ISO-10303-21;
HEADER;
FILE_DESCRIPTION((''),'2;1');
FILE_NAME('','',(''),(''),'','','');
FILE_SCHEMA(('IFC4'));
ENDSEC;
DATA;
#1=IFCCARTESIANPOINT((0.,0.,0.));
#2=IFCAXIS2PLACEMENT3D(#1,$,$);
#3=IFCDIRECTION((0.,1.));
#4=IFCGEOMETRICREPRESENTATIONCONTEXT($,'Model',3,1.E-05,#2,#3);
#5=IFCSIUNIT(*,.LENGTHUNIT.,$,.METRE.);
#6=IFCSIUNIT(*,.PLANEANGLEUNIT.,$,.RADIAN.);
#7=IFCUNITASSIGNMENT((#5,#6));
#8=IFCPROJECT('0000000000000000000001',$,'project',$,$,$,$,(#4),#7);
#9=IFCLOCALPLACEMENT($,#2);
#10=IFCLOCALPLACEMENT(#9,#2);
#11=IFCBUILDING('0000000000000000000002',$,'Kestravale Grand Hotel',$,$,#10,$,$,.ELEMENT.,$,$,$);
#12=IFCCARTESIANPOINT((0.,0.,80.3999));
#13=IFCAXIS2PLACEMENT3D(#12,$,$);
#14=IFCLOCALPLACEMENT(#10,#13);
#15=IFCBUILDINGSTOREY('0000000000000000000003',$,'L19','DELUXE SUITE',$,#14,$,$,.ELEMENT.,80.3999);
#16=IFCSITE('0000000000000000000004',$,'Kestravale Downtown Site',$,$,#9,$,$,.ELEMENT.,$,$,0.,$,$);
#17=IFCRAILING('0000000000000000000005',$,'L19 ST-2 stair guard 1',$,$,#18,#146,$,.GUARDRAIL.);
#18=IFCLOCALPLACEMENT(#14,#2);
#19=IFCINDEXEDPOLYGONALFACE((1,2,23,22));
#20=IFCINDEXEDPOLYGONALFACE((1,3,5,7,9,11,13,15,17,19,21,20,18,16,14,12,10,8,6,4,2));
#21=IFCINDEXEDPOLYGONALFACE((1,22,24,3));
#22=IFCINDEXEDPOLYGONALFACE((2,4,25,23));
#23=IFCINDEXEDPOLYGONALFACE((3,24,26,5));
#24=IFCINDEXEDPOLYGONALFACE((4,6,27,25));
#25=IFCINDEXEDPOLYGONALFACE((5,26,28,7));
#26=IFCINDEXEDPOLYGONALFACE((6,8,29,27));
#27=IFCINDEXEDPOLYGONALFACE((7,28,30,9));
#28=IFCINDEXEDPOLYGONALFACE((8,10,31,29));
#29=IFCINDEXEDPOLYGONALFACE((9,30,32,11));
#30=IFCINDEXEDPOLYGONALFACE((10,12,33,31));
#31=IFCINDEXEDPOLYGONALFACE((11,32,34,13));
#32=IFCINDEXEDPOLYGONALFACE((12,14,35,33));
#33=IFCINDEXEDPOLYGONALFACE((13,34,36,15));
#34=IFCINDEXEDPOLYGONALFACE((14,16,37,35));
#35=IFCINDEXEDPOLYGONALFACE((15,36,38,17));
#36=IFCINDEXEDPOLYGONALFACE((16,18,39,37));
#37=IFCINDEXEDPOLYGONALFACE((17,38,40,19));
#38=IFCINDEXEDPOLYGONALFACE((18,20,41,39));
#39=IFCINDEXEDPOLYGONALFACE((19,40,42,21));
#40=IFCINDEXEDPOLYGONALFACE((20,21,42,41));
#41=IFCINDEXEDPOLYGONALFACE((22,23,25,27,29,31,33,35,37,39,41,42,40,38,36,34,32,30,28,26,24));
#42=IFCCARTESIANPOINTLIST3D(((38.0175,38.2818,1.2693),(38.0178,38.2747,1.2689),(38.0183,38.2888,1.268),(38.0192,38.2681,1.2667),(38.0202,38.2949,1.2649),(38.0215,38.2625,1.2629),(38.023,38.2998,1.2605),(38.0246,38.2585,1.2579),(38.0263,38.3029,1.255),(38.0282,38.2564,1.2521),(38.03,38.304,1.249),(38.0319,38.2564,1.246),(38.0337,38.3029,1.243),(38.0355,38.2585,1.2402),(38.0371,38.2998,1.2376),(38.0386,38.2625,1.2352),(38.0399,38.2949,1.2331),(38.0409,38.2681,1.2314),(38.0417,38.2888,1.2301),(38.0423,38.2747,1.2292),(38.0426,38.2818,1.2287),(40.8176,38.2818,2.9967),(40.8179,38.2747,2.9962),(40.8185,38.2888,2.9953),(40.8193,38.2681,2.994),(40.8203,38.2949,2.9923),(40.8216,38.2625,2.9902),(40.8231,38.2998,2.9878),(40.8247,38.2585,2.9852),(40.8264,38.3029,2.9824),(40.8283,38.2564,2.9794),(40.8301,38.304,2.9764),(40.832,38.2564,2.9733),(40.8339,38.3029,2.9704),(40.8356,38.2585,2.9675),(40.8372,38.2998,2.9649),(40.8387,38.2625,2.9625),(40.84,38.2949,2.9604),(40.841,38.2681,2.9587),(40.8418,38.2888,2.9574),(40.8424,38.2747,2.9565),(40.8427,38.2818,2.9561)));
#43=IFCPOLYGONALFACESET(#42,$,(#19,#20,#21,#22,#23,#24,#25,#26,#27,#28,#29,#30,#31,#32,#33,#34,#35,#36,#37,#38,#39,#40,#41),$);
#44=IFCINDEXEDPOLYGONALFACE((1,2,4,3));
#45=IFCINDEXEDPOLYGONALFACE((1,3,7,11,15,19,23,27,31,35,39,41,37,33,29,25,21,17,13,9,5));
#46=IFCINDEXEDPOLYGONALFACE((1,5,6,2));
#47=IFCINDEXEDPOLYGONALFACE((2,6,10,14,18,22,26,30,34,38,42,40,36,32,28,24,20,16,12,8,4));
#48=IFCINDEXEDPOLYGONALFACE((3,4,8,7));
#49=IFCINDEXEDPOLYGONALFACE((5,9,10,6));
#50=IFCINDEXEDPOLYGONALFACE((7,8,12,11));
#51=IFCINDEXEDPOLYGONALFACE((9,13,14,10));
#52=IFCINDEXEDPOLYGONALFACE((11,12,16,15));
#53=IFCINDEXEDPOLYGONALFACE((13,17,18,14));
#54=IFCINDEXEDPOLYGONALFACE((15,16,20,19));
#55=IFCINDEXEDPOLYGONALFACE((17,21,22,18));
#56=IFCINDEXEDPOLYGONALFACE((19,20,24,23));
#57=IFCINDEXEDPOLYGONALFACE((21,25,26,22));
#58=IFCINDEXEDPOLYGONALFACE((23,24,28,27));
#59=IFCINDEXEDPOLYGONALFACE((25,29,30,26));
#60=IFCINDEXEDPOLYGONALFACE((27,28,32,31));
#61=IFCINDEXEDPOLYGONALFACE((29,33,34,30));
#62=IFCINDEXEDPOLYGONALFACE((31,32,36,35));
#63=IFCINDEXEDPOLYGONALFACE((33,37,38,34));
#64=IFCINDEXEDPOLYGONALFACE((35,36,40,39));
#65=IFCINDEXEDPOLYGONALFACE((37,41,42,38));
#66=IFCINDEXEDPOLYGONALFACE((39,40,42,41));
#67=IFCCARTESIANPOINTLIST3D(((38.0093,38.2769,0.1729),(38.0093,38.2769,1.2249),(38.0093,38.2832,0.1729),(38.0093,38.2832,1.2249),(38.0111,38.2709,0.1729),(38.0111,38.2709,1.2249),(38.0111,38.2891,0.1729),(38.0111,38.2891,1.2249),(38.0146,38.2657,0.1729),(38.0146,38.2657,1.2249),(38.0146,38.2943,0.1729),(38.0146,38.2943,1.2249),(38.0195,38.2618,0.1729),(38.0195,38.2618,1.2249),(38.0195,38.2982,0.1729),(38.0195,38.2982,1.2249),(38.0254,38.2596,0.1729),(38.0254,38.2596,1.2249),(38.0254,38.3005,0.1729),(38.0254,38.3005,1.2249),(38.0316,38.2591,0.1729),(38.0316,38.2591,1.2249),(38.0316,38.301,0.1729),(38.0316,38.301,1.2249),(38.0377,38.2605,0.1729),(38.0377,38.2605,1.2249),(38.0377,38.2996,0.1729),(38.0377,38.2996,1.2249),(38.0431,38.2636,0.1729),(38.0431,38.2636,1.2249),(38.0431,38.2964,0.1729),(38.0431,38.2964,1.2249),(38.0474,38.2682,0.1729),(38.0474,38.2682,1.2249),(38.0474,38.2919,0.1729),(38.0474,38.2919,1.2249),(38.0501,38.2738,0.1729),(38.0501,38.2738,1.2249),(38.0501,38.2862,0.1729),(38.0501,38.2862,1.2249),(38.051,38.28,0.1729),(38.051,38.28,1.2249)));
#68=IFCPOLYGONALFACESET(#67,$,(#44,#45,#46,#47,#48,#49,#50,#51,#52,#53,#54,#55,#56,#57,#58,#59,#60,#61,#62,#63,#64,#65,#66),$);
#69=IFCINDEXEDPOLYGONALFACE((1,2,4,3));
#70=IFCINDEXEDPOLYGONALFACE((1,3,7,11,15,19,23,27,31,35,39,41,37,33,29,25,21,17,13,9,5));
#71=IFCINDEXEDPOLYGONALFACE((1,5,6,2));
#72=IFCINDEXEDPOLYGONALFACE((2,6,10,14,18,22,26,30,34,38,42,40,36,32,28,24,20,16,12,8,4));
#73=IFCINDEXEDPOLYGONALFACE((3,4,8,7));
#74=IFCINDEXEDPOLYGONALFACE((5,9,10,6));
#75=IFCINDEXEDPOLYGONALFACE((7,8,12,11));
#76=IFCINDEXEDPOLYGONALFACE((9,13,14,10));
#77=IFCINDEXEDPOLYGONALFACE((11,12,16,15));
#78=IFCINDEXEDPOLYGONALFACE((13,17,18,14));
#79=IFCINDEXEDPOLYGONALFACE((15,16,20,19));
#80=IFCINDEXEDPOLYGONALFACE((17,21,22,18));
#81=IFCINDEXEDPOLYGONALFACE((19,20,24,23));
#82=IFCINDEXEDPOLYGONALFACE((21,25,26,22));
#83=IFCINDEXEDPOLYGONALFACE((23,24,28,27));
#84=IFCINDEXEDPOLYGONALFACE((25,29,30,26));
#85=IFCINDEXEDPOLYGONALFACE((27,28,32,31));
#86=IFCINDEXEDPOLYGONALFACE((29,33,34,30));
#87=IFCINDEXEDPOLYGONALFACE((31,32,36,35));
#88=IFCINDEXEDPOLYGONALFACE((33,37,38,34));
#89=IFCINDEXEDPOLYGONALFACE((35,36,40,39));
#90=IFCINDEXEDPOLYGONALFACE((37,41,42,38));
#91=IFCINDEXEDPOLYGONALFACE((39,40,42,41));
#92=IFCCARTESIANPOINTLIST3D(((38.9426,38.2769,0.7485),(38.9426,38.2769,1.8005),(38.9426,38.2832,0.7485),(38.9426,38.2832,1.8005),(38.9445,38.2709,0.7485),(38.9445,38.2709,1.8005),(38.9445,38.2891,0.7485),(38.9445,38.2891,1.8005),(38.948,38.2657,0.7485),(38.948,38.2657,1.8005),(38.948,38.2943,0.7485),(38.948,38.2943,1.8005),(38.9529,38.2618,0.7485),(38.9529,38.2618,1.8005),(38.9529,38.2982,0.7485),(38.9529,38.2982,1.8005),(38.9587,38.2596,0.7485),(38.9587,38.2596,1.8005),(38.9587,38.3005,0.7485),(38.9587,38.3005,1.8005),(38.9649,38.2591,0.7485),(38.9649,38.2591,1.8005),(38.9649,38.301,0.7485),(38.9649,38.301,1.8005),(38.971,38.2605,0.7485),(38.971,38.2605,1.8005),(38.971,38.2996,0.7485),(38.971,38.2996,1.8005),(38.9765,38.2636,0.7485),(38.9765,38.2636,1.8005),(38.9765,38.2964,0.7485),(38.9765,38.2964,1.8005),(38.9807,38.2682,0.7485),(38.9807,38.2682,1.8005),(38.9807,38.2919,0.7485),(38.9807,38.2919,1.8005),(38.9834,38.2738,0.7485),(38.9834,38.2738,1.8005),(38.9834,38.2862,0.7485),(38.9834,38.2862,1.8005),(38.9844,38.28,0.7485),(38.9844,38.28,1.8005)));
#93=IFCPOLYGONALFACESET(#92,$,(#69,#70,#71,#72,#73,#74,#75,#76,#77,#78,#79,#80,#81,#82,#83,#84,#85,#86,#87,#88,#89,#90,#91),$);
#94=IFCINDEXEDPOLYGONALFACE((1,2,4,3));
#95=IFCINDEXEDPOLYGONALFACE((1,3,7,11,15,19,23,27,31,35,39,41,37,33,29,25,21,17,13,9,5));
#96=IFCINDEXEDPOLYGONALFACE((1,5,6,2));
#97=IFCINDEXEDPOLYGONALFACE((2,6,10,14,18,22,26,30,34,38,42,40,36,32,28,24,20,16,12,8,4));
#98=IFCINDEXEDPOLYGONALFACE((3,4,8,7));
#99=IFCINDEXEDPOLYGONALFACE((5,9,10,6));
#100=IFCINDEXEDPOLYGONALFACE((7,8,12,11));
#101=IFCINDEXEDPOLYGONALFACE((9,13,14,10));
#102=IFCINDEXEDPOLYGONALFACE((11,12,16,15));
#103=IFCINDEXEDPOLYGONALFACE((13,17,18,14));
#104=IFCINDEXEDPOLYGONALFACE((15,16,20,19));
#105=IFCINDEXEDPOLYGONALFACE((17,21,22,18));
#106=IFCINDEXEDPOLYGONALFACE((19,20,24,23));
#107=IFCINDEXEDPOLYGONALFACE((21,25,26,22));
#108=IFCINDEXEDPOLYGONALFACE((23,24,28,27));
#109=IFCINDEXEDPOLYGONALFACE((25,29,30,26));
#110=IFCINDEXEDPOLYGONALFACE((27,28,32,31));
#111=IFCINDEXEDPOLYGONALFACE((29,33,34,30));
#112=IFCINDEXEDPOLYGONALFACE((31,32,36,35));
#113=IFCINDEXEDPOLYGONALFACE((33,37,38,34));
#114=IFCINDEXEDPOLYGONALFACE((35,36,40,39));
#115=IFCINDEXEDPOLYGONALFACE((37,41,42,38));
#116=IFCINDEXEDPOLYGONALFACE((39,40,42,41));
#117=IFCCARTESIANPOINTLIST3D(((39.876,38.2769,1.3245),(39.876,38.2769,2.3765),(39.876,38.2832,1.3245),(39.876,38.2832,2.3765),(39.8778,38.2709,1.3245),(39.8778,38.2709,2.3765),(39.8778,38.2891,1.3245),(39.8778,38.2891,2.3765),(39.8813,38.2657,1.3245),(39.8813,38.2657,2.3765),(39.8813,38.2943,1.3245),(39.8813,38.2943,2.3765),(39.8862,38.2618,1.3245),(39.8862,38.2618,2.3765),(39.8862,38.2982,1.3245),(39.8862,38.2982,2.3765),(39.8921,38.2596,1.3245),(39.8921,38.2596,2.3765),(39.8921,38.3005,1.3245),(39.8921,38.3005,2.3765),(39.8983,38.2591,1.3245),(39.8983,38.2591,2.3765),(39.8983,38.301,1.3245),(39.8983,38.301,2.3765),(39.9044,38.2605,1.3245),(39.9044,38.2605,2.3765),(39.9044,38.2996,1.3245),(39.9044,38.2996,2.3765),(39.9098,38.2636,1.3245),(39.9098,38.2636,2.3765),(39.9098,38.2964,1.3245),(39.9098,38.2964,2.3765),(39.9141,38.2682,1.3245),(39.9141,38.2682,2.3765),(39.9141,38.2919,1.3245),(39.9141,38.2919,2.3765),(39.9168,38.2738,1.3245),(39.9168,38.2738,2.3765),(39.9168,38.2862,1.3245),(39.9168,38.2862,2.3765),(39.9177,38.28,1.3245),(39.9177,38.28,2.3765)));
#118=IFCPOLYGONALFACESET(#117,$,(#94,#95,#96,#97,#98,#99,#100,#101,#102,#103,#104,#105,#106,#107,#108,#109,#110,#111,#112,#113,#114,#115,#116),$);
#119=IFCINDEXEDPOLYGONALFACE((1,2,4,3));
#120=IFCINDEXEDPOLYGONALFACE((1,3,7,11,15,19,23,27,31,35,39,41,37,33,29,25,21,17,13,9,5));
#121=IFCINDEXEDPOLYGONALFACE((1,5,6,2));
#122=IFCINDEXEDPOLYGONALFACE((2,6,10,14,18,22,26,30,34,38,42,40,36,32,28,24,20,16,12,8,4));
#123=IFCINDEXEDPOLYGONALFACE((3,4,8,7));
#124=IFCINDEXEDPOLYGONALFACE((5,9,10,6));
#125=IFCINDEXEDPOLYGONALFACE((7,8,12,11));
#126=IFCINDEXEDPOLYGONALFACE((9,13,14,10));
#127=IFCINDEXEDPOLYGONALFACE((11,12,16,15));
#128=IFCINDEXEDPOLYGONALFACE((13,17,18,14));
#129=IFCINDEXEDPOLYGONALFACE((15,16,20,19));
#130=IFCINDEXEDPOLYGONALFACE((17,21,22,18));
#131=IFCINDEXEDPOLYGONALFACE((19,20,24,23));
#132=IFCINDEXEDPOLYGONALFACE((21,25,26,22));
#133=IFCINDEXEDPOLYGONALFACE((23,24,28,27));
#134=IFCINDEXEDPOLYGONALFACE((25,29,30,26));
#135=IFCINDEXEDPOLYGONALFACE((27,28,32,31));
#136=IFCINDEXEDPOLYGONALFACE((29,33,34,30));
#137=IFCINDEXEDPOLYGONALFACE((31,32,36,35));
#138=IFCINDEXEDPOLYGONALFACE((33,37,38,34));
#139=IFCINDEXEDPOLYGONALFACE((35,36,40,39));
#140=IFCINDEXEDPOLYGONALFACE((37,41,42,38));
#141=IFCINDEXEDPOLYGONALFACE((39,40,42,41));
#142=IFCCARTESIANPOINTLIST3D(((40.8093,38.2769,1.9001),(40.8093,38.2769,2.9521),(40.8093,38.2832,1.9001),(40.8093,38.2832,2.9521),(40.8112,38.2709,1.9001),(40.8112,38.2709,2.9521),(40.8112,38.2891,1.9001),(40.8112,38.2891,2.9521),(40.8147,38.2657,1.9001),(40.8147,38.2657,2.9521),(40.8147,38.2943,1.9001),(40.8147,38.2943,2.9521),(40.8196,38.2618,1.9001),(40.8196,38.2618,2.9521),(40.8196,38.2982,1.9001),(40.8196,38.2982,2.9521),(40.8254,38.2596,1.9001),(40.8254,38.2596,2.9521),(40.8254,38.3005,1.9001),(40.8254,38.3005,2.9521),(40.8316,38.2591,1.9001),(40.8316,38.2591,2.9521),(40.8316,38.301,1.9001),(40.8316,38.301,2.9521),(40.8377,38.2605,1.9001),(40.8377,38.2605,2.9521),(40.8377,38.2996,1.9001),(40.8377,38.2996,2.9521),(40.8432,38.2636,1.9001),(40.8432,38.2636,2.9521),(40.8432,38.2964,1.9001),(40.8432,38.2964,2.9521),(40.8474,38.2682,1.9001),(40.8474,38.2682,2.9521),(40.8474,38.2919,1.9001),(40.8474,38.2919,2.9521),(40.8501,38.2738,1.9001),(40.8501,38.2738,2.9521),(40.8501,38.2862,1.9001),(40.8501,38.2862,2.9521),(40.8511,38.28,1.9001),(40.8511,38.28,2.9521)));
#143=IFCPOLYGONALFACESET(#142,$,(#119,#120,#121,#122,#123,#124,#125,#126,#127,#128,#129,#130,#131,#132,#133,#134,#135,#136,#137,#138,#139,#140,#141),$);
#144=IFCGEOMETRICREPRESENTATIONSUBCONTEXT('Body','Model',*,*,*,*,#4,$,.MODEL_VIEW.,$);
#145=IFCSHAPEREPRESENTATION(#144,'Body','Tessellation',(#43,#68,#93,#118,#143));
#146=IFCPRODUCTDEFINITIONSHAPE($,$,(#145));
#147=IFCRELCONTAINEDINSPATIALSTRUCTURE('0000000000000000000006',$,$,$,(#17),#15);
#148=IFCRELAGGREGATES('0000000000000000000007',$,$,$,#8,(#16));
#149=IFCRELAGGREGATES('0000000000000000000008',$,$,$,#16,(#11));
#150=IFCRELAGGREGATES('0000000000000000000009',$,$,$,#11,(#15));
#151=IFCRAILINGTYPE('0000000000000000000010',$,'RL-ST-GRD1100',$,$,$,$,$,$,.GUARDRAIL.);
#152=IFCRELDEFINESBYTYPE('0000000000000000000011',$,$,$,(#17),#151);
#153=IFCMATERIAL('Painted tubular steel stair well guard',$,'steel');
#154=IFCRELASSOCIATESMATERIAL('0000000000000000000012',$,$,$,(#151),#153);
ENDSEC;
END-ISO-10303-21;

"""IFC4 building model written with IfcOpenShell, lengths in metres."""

from ifc_helpers import new_model, si_unit, direction, frame, origin, origin_2d, place, context, subcontext, project, spatial, circle, extrude, material, type_object, element, save


model = new_model("IFC4")

# Units and contexts
model_context = context("Model", 3, precision=1e-05, world=origin(), true_north=direction((0.0, 1.0)))
body_context = subcontext(model_context, "Body", "Model", "MODEL_VIEW")
ifc_project = project(units=[si_unit("LENGTHUNIT", "METRE"), si_unit("PLANEANGLEUNIT", "RADIAN")], contexts=[model_context])

# Site, building, storey
site_placement = place(None, origin())
site = spatial("IfcSite", under=ifc_project, at=site_placement, Name="Kestravale Downtown Site", CompositionType="ELEMENT", RefElevation=0.0)
building_placement = place(site_placement, origin())
building = spatial("IfcBuilding", under=site, at=building_placement, Name="Kestravale Grand Hotel", CompositionType="ELEMENT")
storey_placement = place(building_placement, frame((0.0, 0.0, 80.3999)))
storey = spatial("IfcBuildingStorey", under=building, at=storey_placement, Name="L19", Description="DELUXE SUITE", CompositionType="ELEMENT", Elevation=80.3999)

# Railing
ifc_material_1 = material(Name="Painted tubular steel stair well guard", Category="steel")
railing_type_1 = type_object("IfcRailingType", Name="RL-ST-GRD1100", PredefinedType="GUARDRAIL", material=ifc_material_1)
railing_1_placement = place(storey_placement, frame((38.03, 38.28, 0.1729)))
element("IfcRailing", 1, at=railing_1_placement, inside=storey, type_object=railing_type_1, Name="L19 ST-2 stair guard 1", PredefinedType="GUARDRAIL", context=body_context, shape_type="SweptSolid", body=[
    extrude(circle(Radius=0.0239, at=origin_2d()), frame((0.0, 0.0, 1.0762), z_axis=(0.85109, 0.0, 0.52502), x_axis=(0.0, 1.0, 0.0)), (0.0, 0.0, 1.0), 3.29),
    extrude(circle(Radius=0.021, at=origin_2d()), origin(), (0.0, 0.0, 1.0), 1.052),
    extrude(circle(Radius=0.021, at=origin_2d()), frame((0.9333, 0.0, 0.5757)), (0.0, 0.0, 1.0), 1.052),
    extrude(circle(Radius=0.021, at=origin_2d()), frame((1.8667, 0.0, 1.1516)), (0.0, 0.0, 1.0), 1.052),
    extrude(circle(Radius=0.021, at=origin_2d()), frame((2.8, 0.0, 1.7273)), (0.0, 0.0, 1.0), 1.052),
])

save(model, "model.ifc")
